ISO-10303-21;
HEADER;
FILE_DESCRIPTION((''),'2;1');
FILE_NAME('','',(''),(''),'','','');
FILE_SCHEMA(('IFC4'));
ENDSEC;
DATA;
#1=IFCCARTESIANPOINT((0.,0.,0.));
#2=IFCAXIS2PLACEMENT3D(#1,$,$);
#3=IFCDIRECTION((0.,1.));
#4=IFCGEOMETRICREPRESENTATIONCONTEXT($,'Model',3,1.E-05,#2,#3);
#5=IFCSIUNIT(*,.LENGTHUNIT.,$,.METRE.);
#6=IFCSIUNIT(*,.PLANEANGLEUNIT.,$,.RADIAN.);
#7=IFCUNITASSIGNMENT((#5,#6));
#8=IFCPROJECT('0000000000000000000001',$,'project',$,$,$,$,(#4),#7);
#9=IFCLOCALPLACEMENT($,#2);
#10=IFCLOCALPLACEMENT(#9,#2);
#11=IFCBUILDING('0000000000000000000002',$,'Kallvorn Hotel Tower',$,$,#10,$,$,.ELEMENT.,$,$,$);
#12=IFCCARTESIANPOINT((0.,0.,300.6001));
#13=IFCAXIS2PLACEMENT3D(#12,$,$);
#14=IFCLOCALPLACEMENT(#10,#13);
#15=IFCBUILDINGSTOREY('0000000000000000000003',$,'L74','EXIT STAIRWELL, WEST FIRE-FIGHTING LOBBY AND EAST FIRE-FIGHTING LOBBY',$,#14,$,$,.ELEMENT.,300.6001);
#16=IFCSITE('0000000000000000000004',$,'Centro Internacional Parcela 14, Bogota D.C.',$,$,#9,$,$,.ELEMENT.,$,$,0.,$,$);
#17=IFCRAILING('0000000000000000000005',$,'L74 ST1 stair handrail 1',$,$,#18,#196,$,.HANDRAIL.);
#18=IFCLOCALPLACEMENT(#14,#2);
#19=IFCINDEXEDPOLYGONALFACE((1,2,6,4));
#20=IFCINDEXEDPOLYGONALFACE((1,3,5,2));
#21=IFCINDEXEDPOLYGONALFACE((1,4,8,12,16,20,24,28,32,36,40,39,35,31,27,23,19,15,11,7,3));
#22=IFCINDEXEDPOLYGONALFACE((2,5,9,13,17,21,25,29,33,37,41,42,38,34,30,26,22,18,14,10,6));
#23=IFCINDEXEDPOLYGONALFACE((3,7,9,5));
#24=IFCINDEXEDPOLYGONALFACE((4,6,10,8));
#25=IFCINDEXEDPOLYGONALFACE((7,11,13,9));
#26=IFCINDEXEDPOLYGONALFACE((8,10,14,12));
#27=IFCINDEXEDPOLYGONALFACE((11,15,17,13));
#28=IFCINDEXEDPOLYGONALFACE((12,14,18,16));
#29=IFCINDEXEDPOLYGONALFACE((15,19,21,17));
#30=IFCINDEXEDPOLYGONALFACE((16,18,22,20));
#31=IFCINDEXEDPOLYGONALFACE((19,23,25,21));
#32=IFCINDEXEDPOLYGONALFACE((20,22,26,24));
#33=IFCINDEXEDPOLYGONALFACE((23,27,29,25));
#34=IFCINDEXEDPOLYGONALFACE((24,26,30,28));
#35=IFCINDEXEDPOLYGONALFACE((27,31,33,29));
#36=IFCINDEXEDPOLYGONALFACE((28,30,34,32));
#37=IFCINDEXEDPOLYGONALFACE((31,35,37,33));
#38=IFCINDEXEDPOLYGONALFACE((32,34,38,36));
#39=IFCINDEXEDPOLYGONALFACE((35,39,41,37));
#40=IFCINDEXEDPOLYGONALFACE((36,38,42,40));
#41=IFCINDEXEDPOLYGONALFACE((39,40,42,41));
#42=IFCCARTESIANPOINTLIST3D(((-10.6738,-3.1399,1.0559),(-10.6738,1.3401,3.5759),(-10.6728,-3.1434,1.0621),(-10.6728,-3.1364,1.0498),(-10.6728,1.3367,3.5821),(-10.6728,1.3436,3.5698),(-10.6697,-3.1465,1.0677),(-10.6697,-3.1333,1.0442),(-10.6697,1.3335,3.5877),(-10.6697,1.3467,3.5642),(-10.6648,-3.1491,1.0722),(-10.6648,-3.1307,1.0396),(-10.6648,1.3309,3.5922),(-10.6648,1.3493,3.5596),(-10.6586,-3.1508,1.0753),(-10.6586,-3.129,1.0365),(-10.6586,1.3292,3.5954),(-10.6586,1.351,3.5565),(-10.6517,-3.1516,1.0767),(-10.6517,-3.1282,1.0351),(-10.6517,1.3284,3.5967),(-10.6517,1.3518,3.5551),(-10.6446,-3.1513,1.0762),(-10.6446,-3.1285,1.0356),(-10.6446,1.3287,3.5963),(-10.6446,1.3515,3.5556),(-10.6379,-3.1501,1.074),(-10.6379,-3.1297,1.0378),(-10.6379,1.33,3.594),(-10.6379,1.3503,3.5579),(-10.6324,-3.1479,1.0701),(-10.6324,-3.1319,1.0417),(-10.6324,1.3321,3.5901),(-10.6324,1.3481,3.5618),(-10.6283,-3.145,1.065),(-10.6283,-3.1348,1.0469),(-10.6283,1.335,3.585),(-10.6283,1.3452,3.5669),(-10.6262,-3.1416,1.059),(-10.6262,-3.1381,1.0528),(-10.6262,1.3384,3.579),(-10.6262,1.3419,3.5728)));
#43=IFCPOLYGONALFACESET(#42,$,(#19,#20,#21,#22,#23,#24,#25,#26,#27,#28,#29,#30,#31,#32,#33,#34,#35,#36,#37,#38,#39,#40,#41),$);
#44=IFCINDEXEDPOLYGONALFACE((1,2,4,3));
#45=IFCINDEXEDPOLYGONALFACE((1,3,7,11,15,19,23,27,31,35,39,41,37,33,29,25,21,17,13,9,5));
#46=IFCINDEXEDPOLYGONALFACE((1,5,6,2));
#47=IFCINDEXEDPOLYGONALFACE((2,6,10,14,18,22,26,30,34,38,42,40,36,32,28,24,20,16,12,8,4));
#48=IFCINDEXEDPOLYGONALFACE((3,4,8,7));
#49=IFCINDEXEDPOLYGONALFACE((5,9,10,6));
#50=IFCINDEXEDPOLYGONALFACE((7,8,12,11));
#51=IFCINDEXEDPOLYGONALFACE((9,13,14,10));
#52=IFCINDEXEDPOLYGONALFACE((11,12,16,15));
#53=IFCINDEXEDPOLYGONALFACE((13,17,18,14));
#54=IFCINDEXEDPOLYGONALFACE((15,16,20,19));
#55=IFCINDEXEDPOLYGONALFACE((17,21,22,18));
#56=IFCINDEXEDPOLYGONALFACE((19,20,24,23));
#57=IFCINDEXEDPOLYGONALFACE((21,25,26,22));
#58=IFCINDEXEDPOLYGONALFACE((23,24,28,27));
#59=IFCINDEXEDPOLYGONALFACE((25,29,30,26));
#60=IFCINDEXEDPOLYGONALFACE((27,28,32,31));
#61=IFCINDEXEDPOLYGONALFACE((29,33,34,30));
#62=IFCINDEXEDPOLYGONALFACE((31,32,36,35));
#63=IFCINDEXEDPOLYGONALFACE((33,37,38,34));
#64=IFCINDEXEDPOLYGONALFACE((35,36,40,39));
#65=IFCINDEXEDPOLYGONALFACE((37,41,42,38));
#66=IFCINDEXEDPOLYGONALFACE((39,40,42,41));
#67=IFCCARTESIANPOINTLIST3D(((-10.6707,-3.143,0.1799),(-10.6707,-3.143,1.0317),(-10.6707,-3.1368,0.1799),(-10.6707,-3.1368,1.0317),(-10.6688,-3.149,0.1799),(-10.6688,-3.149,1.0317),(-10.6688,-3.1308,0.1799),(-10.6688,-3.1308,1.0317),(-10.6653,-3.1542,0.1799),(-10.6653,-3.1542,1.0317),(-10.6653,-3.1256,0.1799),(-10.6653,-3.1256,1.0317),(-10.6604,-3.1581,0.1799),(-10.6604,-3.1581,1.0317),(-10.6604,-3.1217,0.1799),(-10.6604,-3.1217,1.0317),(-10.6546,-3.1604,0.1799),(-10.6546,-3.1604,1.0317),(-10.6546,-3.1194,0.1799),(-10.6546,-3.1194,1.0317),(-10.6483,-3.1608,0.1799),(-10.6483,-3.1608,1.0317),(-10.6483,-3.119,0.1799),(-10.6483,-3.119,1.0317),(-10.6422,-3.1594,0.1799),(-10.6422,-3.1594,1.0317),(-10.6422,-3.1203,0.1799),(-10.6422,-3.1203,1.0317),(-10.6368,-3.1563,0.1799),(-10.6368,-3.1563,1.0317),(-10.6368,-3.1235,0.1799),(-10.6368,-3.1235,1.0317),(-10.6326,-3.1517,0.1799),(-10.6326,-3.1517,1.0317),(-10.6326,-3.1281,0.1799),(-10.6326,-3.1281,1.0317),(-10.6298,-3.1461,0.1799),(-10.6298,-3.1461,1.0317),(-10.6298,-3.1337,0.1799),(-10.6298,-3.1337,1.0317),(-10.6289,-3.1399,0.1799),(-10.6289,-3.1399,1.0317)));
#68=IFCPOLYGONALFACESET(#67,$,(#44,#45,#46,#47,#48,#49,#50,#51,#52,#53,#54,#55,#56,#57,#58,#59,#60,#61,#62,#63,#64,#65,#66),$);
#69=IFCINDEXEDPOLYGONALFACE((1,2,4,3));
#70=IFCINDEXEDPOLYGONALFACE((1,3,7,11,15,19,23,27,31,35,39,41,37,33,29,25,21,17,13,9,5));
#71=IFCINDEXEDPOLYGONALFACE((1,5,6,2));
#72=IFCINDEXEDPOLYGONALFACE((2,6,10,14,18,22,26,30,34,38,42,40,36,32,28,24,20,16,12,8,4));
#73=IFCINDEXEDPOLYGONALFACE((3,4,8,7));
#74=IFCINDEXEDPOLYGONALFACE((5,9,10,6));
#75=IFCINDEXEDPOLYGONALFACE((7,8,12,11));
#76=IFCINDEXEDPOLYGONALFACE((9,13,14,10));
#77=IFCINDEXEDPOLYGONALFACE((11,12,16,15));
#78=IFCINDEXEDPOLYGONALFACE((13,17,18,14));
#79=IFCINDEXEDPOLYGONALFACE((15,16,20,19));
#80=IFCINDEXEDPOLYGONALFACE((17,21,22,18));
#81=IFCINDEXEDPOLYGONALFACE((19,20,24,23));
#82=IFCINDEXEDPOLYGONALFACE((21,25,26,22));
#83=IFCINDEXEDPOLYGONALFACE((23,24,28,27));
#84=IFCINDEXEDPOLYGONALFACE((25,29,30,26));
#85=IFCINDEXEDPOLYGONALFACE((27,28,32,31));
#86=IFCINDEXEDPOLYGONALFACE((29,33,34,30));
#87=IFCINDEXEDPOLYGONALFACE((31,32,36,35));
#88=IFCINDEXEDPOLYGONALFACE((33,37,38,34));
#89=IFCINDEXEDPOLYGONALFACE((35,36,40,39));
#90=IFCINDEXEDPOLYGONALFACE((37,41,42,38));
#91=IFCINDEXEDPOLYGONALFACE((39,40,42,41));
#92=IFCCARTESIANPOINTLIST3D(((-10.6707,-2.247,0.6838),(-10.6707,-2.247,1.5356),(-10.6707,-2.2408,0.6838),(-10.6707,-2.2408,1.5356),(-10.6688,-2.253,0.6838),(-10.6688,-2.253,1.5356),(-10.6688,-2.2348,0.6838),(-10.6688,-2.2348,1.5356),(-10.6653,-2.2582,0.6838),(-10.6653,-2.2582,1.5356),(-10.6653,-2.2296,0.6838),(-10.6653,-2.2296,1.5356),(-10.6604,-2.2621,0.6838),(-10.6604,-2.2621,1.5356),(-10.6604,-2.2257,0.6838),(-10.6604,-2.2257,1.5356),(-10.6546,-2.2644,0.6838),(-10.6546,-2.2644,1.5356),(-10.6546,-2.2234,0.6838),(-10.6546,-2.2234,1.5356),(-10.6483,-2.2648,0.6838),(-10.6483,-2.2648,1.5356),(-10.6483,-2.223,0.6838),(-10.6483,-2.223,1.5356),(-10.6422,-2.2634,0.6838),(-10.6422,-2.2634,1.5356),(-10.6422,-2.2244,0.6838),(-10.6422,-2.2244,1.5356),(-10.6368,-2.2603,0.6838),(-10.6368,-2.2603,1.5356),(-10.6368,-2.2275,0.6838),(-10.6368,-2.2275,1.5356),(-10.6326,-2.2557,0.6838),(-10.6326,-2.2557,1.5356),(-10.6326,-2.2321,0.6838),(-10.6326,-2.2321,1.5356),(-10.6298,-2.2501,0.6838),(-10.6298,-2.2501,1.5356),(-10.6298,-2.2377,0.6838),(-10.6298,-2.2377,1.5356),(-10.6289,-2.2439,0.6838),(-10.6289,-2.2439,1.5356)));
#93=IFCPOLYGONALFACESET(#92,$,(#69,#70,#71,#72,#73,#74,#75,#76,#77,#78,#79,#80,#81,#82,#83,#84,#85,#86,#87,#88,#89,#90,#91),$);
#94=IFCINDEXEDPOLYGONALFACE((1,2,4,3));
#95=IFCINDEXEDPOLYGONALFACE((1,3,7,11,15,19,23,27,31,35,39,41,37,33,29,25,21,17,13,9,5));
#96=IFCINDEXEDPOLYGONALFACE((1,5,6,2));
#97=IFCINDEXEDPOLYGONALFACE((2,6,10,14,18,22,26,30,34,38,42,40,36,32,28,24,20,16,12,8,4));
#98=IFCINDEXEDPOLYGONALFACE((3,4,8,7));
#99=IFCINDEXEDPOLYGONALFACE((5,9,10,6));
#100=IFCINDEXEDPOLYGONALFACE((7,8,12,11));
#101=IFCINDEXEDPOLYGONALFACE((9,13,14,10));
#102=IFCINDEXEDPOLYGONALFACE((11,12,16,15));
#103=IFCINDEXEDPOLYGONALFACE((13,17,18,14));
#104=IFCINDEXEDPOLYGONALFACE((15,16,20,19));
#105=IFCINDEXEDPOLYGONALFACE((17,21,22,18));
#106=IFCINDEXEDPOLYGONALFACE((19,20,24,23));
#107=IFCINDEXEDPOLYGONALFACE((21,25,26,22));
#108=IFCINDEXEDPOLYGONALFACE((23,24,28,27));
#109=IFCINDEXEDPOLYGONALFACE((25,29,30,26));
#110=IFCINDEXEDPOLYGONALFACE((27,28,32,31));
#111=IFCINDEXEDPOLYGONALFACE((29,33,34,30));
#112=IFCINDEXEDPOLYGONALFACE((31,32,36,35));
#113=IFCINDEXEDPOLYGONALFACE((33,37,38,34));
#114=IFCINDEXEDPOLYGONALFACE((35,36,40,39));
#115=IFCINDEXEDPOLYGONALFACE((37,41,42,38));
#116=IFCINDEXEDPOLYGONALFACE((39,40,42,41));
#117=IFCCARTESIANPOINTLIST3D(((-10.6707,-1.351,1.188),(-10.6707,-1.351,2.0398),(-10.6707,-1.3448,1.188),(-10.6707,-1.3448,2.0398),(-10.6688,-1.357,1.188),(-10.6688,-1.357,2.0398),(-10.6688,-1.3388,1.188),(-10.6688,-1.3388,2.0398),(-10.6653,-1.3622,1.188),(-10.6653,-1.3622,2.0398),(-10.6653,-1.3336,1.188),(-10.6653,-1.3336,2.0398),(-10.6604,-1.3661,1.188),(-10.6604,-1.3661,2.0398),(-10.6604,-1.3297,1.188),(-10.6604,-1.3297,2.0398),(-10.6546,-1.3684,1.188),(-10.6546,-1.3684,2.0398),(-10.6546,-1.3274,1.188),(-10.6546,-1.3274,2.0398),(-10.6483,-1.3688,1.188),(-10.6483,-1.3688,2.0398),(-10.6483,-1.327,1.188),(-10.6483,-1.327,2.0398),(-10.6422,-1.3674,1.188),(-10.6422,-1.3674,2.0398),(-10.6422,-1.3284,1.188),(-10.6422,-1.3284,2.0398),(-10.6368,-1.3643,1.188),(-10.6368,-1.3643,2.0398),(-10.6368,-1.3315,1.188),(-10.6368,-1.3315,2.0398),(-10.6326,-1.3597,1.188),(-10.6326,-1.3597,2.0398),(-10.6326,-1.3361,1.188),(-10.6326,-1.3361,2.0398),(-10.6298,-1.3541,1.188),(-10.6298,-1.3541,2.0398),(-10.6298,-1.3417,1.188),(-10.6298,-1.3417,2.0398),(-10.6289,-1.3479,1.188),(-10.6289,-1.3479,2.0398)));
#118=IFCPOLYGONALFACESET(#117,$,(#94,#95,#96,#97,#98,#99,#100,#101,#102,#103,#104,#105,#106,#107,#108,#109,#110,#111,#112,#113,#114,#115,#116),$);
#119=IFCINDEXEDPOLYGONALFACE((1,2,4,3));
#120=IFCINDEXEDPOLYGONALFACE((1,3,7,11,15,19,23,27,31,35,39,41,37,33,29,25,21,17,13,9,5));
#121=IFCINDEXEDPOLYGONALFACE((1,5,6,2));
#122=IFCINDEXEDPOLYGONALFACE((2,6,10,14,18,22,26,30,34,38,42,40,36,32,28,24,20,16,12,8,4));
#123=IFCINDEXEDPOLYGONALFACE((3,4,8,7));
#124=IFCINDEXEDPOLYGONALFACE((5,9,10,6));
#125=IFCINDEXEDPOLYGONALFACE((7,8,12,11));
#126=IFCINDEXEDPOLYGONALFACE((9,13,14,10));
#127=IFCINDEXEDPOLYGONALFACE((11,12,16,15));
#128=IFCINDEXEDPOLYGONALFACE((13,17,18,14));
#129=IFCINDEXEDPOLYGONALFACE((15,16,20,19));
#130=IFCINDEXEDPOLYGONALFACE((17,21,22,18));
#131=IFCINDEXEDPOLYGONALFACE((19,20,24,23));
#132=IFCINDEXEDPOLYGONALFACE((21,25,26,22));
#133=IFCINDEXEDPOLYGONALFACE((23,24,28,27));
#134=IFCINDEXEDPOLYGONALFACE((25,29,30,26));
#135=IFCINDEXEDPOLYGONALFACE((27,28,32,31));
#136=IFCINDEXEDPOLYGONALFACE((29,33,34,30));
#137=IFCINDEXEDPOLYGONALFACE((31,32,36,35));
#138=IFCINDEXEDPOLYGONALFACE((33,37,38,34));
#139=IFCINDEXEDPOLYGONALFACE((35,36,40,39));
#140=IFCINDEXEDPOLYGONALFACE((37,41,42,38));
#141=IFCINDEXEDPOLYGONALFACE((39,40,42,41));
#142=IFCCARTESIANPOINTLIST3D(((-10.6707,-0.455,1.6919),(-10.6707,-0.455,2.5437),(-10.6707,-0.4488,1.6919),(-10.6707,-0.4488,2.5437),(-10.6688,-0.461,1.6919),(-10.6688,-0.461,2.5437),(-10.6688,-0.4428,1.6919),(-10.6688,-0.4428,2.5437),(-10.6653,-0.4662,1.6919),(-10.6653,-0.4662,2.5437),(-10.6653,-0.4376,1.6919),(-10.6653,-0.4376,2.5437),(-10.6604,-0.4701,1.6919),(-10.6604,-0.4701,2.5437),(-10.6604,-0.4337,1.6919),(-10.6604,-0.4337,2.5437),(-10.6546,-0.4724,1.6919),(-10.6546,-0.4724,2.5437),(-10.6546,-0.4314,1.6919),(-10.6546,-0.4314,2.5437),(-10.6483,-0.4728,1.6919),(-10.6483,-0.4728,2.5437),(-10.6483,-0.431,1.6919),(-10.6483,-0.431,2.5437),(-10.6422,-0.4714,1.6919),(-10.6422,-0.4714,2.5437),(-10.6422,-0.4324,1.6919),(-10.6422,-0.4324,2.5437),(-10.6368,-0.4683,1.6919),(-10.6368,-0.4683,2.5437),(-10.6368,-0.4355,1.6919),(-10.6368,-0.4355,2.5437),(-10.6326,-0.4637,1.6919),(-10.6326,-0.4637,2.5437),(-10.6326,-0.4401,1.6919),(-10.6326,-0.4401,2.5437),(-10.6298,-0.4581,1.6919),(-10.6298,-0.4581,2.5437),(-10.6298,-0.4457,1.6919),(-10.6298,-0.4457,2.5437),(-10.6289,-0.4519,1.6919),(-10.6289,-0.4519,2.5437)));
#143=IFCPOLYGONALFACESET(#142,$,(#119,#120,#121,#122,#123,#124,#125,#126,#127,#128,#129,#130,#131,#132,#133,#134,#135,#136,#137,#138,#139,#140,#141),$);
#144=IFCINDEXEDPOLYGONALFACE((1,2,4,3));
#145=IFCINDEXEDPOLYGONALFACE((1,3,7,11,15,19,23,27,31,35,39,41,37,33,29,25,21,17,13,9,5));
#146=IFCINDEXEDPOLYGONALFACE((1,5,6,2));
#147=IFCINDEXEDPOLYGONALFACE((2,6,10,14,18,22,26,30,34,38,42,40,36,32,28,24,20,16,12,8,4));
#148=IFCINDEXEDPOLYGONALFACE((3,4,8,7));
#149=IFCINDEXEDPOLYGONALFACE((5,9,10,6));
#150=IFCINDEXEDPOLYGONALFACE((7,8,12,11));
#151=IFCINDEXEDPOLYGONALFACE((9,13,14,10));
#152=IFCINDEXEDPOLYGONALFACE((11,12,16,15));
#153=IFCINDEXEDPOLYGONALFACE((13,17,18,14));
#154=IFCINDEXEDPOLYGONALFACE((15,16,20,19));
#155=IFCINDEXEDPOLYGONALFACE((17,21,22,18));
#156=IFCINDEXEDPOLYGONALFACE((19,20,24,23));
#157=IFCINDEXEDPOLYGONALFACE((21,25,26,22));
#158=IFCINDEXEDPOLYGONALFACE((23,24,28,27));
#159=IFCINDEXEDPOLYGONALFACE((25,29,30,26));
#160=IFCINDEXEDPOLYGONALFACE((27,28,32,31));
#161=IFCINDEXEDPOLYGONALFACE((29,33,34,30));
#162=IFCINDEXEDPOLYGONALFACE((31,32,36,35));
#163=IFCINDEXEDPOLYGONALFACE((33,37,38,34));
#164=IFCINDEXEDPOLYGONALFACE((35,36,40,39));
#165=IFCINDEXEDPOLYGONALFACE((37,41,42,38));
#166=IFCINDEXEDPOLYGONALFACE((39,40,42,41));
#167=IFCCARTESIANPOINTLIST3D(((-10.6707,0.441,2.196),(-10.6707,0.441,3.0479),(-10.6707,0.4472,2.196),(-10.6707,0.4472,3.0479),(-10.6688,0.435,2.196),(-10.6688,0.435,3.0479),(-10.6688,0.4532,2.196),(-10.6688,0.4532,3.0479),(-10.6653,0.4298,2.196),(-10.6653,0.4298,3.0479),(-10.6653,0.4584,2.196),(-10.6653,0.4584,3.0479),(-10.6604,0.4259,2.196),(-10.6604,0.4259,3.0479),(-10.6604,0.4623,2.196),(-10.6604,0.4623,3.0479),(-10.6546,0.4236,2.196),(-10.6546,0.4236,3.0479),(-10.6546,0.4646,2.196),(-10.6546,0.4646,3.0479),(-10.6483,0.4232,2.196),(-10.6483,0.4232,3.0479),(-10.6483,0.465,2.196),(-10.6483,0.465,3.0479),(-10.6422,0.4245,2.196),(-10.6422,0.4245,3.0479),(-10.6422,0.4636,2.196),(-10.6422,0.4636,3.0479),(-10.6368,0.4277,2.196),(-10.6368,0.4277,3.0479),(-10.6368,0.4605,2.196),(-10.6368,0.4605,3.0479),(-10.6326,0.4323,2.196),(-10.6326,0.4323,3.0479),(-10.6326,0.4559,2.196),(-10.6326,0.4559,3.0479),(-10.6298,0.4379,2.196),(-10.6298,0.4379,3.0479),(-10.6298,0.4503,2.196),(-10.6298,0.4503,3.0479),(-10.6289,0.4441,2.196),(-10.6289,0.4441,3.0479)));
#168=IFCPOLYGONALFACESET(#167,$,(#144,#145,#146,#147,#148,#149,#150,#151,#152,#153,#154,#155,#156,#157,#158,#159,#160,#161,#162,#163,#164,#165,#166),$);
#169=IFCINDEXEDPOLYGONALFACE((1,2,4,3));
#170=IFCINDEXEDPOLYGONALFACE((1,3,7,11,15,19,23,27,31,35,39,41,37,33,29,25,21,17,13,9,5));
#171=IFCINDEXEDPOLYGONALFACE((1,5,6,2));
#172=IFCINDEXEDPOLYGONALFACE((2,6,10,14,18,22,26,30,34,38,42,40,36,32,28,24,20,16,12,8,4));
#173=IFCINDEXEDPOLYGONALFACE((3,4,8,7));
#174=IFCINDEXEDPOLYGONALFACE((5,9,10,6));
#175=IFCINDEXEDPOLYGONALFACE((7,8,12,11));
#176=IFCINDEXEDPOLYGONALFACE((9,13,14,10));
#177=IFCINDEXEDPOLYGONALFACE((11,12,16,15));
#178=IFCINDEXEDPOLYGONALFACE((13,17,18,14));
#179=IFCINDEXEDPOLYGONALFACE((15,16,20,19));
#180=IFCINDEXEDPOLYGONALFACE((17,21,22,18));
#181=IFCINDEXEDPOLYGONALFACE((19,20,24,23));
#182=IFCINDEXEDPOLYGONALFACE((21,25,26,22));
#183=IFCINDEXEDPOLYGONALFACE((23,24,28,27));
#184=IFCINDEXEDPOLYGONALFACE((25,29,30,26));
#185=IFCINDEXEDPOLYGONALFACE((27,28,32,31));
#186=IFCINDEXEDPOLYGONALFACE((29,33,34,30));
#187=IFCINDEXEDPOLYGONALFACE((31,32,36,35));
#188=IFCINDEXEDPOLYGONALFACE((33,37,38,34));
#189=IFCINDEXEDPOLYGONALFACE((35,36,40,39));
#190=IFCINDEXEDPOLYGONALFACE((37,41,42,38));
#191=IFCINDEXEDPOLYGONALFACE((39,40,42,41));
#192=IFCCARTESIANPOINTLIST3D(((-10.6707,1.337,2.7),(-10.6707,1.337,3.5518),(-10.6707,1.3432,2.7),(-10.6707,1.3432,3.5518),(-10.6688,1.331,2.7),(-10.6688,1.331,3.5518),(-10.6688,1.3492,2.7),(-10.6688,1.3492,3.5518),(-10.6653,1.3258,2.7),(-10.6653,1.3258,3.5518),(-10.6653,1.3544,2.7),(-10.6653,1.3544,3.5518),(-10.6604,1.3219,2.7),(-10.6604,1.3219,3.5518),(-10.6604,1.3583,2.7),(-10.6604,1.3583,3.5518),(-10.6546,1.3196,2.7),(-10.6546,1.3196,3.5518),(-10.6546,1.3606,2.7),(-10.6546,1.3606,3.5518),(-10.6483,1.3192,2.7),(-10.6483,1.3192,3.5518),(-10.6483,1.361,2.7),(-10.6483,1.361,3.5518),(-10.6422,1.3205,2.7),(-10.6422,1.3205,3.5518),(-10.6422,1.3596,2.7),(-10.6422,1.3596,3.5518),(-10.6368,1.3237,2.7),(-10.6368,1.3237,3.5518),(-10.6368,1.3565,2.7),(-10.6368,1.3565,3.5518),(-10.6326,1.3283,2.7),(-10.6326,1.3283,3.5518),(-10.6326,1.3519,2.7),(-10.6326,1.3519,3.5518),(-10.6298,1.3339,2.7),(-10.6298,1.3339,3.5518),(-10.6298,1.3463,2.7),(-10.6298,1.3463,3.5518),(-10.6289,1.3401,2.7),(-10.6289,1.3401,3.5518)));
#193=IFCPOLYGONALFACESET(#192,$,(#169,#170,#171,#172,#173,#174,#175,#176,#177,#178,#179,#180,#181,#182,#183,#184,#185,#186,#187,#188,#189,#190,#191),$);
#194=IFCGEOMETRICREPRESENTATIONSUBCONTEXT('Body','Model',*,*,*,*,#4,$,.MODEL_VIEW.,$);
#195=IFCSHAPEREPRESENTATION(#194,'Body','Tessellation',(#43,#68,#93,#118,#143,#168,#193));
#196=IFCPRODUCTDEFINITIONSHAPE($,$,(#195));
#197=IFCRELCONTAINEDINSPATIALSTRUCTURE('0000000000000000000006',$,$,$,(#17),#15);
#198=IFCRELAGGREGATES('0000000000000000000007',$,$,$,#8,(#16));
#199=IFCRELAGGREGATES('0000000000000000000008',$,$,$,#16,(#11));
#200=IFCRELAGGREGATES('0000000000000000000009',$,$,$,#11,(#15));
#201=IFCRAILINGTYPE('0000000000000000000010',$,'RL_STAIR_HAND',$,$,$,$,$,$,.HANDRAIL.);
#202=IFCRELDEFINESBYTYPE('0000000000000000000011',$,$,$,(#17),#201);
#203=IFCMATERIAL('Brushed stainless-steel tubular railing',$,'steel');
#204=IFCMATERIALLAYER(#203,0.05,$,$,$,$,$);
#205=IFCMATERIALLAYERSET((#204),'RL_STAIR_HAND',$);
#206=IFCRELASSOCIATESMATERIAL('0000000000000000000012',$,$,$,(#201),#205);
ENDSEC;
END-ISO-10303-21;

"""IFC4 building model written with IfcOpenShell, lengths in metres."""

from ifc_helpers import new_model, si_unit, direction, frame, origin, origin_2d, place, context, subcontext, project, spatial, circle, extrude, material, layer, layer_set, type_object, element, save


model = new_model("IFC4")

# Units and contexts
model_context = context("Model", 3, precision=1e-05, world=origin(), true_north=direction((0.0, 1.0)))
body_context = subcontext(model_context, "Body", "Model", "MODEL_VIEW")
ifc_project = project(units=[si_unit("LENGTHUNIT", "METRE"), si_unit("PLANEANGLEUNIT", "RADIAN")], contexts=[model_context])

# Site, building, storey
site_placement = place(None, origin())
site = spatial("IfcSite", under=ifc_project, at=site_placement, Name="Centro Internacional Parcela 14, Bogota D.C.", CompositionType="ELEMENT", RefElevation=0.0)
building_placement = place(site_placement, origin())
building = spatial("IfcBuilding", under=site, at=building_placement, Name="Kallvorn Hotel Tower", CompositionType="ELEMENT")
storey_placement = place(building_placement, frame((0.0, 0.0, 300.6001)))
storey = spatial("IfcBuildingStorey", under=building, at=storey_placement, Name="L74", Description="EXIT STAIRWELL, WEST FIRE-FIGHTING LOBBY AND EAST FIRE-FIGHTING LOBBY", CompositionType="ELEMENT", Elevation=300.6001)

# Railing
ifc_material_1 = material(Name="Brushed stainless-steel tubular railing", Category="steel")
ifc_layer_1 = layer(ifc_material_1, 0.05)
ifc_layer_set_1 = layer_set([ifc_layer_1], Name="RL_STAIR_HAND")
railing_type_1 = type_object("IfcRailingType", Name="RL_STAIR_HAND", PredefinedType="HANDRAIL", material=ifc_layer_set_1)
railing_1_placement = place(storey_placement, frame((-10.6499, -3.1399, 0.1799)))
element("IfcRailing", 1, at=railing_1_placement, inside=storey, type_object=railing_type_1, Name="L74 ST1 stair handrail 1", PredefinedType="HANDRAIL", context=body_context, shape_type="SweptSolid", body=[
    extrude(circle(Radius=0.0239, at=origin_2d()), frame((0.0, 0.0, 0.876), z_axis=(0.0, 0.871573, 0.490266), x_axis=(-1.0, 0.0, 0.0)), (0.0, 0.0, 1.0), 5.1401),
    extrude(circle(Radius=0.021, at=origin_2d()), origin(), (0.0, 0.0, 1.0), 0.8518),
    extrude(circle(Radius=0.021, at=origin_2d()), frame((0.0, 0.896, 0.5039)), (0.0, 0.0, 1.0), 0.8518),
    extrude(circle(Radius=0.021, at=origin_2d()), frame((0.0, 1.792, 1.0081)), (0.0, 0.0, 1.0), 0.8518),
    extrude(circle(Radius=0.021, at=origin_2d()), frame((0.0, 2.688, 1.512)), (0.0, 0.0, 1.0), 0.8518),
    extrude(circle(Radius=0.021, at=origin_2d()), frame((0.0, 3.584, 2.0161)), (0.0, 0.0, 1.0), 0.8518),
    extrude(circle(Radius=0.021, at=origin_2d()), frame((0.0, 4.48, 2.52)), (0.0, 0.0, 1.0), 0.8518),
])

save(model, "model.ifc")
